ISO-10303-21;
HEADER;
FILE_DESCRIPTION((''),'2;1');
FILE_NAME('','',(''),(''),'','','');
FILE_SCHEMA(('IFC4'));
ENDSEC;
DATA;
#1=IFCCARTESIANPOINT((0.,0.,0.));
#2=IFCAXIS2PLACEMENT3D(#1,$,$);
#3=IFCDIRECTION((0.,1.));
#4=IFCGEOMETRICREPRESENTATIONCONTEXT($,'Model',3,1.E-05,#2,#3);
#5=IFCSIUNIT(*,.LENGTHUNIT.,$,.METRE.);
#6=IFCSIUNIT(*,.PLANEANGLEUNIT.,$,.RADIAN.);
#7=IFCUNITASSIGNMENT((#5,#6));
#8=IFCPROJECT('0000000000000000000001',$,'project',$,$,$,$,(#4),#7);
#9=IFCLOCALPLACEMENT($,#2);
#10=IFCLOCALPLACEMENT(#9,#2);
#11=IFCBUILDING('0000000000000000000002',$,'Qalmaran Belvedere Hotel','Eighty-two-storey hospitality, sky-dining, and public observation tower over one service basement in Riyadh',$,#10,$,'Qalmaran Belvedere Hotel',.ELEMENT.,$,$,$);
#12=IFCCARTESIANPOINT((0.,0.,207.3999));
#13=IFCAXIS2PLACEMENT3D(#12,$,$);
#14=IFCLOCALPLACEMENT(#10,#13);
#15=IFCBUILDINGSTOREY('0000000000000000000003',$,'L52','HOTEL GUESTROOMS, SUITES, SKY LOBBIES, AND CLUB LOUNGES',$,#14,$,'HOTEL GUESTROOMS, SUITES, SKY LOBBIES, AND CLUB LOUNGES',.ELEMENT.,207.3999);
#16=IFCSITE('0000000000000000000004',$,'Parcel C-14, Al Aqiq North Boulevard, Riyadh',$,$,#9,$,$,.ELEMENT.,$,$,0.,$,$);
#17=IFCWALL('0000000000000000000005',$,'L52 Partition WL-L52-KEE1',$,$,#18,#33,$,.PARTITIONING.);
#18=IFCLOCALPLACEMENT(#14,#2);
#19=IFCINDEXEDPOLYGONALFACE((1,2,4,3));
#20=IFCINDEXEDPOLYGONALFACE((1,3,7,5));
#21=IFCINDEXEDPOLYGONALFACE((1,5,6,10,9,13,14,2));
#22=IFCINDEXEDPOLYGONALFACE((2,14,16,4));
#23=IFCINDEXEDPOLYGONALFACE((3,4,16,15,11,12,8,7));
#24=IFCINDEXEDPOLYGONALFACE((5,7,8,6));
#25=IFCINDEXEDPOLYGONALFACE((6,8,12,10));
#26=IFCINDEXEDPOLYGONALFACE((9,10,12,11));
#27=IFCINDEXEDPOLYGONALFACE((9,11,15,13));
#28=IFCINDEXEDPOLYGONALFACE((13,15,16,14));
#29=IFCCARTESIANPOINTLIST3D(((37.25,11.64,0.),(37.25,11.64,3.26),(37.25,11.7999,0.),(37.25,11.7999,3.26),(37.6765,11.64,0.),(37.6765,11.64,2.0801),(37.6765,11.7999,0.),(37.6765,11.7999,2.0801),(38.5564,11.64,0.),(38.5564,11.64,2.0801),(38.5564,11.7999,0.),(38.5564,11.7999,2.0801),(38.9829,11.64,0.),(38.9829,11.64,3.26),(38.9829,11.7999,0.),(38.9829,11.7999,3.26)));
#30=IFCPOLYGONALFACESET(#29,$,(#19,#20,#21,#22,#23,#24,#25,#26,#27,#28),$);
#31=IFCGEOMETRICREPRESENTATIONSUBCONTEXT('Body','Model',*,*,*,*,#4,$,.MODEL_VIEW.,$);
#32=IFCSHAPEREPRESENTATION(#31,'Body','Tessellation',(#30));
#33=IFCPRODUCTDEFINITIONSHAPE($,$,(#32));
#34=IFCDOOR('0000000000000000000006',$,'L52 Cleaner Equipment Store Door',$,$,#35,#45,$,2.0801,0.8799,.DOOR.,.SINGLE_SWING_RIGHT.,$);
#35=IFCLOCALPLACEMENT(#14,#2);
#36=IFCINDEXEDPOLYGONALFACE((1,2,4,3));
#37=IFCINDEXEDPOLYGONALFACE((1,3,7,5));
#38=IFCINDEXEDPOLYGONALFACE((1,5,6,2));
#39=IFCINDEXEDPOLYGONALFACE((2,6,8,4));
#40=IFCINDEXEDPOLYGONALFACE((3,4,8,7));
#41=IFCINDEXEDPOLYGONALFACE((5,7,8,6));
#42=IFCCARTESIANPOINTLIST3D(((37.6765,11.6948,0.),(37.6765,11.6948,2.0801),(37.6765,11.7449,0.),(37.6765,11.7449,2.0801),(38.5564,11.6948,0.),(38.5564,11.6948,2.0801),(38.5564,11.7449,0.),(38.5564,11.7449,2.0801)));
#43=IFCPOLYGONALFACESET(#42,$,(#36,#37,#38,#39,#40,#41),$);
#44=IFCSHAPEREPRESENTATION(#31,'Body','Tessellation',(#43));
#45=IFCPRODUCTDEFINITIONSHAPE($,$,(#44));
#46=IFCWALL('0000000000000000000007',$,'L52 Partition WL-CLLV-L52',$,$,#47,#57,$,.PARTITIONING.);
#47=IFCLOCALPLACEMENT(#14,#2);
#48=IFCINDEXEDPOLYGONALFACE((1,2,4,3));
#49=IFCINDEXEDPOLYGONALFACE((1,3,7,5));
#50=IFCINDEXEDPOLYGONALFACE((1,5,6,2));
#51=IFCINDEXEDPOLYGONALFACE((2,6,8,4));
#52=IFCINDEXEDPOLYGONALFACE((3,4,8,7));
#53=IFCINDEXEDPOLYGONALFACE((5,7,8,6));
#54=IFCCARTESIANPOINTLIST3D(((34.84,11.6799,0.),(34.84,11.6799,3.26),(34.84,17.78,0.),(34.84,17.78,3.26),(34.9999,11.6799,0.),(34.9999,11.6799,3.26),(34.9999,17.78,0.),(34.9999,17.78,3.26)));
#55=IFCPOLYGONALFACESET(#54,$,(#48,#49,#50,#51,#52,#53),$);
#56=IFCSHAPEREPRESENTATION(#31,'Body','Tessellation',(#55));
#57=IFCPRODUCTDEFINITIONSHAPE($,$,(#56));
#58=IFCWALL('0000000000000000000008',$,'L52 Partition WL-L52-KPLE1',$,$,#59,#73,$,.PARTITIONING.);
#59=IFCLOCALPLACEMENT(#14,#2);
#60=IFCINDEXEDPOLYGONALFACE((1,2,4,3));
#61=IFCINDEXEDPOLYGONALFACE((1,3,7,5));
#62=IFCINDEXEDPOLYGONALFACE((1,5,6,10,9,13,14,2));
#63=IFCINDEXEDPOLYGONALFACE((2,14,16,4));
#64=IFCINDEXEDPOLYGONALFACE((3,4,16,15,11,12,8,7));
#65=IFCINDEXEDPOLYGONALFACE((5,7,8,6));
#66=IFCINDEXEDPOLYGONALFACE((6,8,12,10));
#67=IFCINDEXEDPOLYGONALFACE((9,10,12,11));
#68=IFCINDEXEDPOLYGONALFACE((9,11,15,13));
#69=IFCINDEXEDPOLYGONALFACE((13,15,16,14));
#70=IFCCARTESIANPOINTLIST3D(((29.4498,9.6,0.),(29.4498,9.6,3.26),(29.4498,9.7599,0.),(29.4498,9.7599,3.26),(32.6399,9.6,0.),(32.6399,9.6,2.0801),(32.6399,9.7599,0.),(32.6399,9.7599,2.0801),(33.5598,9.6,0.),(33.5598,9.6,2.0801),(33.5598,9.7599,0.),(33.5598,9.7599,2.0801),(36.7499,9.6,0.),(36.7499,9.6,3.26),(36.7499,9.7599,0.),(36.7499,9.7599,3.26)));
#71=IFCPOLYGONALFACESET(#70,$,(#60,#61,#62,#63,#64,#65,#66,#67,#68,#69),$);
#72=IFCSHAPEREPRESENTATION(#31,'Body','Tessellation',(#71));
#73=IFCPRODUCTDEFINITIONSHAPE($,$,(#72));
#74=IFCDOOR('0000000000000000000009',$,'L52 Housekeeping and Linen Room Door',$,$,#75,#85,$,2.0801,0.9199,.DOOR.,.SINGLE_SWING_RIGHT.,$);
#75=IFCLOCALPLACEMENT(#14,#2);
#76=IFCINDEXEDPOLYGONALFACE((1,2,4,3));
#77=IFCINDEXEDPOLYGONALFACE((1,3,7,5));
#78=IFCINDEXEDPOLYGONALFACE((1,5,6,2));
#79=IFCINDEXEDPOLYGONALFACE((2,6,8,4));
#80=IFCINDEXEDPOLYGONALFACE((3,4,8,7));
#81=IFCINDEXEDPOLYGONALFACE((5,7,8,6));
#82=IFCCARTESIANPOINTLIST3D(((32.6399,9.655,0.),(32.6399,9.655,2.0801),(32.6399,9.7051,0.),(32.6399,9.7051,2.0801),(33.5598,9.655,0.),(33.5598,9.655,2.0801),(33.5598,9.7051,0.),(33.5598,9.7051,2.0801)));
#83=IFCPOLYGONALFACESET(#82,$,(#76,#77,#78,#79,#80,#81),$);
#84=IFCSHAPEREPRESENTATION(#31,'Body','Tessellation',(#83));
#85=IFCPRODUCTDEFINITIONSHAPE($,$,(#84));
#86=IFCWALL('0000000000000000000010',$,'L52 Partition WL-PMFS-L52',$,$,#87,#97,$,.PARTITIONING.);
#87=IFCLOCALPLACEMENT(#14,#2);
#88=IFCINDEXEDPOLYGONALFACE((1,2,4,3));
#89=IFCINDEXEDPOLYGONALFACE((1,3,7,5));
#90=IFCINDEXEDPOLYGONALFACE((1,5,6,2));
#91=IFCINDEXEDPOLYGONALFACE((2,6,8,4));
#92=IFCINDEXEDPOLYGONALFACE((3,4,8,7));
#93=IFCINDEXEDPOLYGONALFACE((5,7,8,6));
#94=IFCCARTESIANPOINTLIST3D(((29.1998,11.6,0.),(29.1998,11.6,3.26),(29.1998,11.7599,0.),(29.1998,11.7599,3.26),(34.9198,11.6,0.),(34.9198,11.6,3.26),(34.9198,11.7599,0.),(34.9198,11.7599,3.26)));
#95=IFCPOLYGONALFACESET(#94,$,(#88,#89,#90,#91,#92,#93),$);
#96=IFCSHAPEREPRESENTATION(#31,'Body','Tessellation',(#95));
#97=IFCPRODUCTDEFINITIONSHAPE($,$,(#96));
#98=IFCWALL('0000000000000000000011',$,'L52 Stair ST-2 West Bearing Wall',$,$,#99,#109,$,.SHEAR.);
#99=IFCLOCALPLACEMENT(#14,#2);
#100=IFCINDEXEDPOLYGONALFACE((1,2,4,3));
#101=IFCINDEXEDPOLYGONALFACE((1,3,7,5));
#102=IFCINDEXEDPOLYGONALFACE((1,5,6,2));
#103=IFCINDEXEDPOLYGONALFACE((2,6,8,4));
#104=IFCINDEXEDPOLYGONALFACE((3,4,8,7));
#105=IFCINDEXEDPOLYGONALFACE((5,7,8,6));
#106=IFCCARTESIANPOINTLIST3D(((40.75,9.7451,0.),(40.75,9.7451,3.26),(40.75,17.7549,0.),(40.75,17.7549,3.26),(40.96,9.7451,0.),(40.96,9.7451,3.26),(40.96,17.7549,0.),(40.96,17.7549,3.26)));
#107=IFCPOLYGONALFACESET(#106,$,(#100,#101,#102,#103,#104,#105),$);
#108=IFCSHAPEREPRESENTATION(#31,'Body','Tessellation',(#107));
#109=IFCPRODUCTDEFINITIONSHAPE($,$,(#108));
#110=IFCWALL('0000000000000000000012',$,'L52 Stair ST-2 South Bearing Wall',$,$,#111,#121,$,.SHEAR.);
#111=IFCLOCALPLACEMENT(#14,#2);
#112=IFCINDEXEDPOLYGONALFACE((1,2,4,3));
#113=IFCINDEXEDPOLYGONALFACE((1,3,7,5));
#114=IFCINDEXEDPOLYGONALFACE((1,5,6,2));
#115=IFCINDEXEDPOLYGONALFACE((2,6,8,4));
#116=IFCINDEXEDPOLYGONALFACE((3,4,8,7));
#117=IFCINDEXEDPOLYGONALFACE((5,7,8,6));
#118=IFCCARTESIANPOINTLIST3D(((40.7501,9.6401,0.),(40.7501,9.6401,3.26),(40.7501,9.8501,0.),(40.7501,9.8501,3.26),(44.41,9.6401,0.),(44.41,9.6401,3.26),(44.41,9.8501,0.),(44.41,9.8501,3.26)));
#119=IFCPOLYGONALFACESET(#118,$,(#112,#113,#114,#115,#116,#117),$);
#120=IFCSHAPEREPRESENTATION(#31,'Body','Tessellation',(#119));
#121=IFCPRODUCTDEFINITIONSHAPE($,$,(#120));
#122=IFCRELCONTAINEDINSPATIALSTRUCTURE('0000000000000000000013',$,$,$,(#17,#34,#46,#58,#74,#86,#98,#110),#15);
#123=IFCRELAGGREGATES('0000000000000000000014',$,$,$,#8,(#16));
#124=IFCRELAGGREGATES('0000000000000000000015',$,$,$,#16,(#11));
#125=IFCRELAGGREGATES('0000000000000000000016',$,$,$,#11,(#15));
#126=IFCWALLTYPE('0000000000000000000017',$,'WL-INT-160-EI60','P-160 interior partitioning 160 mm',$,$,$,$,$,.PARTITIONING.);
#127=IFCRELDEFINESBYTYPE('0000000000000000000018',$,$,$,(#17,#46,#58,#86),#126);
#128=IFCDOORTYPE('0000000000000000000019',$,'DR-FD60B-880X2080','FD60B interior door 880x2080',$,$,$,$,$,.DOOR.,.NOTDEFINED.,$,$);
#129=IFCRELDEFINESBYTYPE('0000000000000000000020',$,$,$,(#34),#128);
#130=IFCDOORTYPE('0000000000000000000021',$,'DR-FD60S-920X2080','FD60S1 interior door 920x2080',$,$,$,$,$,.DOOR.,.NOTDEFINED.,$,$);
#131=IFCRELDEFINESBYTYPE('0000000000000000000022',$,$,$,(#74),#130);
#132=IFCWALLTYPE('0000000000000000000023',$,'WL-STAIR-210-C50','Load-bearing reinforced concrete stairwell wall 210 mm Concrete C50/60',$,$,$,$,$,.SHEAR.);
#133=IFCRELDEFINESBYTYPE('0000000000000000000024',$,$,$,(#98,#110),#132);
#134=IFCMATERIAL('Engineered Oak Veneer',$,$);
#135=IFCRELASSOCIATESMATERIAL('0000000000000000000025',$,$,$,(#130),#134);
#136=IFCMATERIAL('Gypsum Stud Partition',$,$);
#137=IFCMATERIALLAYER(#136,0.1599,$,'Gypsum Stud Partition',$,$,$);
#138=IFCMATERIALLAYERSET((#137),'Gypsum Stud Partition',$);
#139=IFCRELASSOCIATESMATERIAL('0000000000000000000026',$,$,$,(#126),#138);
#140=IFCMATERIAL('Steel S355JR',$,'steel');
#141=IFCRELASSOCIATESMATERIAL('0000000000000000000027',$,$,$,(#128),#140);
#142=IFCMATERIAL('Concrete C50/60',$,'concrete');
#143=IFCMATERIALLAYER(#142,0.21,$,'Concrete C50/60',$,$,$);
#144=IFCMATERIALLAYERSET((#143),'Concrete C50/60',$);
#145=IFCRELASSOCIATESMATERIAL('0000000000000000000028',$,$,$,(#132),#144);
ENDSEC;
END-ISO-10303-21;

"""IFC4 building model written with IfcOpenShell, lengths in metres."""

from ifc_helpers import new_model, si_unit, direction, frame, frame_2d, origin, place, context, subcontext, project, spatial, rectangle, extrude, material, layer, layer_set, type_object, element, fill, save


model = new_model("IFC4")

# Units and contexts
model_context = context("Model", 3, precision=1e-05, world=origin(), true_north=direction((0.0, 1.0)))
body_context = subcontext(model_context, "Body", "Model", "MODEL_VIEW")
ifc_project = project(units=[si_unit("LENGTHUNIT", "METRE"), si_unit("PLANEANGLEUNIT", "RADIAN")], contexts=[model_context])

# Site, building, storey
site_placement = place(None, origin())
site = spatial("IfcSite", under=ifc_project, at=site_placement, Name="Parcel C-14, Al Aqiq North Boulevard, Riyadh", CompositionType="ELEMENT", RefElevation=0.0)
building_placement = place(site_placement, origin())
building = spatial("IfcBuilding", under=site, at=building_placement, Name="Qalmaran Belvedere Hotel", Description="Eighty-two-storey hospitality, sky-dining, and public observation tower over one service basement in Riyadh", LongName="Qalmaran Belvedere Hotel", CompositionType="ELEMENT")
storey_placement = place(building_placement, frame((0.0, 0.0, 207.3999)))
storey = spatial("IfcBuildingStorey", under=building, at=storey_placement, Name="L52", Description="HOTEL GUESTROOMS, SUITES, SKY LOBBIES, AND CLUB LOUNGES", LongName="HOTEL GUESTROOMS, SUITES, SKY LOBBIES, AND CLUB LOUNGES", CompositionType="ELEMENT", Elevation=207.3999)

# Shared definitions
ifc_material_1 = material(Name="Concrete C50/60", Category="concrete")

# Shared definitions
ifc_material_2 = material(Name="Steel S355JR", Category="steel")

# Shared definitions
ifc_material_3 = material(Name="Gypsum Stud Partition")

# Wall, opening, door
ifc_material_4 = material(Name="Engineered Oak Veneer")
door_type_1 = type_object("IfcDoorType", Name="DR-FD60S-920X2080", Description="FD60S1 interior door 920x2080", OperationType="NOTDEFINED", PredefinedType="DOOR", material=ifc_material_4)
ifc_layer_1 = layer(ifc_material_3, 0.1599, Name="Gypsum Stud Partition")
ifc_layer_set_1 = layer_set([ifc_layer_1], Name="Gypsum Stud Partition")
wall_type_1 = type_object("IfcWallType", Name="WL-INT-160-EI60", Description="P-160 interior partitioning 160 mm", PredefinedType="PARTITIONING", material=ifc_layer_set_1)
wall_1_placement = place(storey_placement, frame((37.25, 11.72, 0.0), z_axis=(0.0, 0.0, 1.0), x_axis=(1.0, 0.0, 0.0)))
wall_1 = element("IfcWall", 1, at=wall_1_placement, inside=storey, type_object=wall_type_1, Name="L52 Partition WL-L52-KEE1", PredefinedType="PARTITIONING", context=body_context, shape_type="SweptSolid", body=[
    extrude(rectangle(XDim=1.7329, YDim=0.1599, at=frame_2d((0.8665, 0.0))), origin(), (0.0, 0.0, 1.0), 3.26),
])
opening_1_placement = place(wall_1_placement, frame((0.4265, 0.0, 0.0)))
opening_1 = element("IfcOpeningElement", 2, at=opening_1_placement, cuts=wall_1, PredefinedType="OPENING", context=body_context, shape_type="SweptSolid", body=[
    extrude(rectangle(XDim=0.8799, YDim=2.0801, at=frame_2d((0.4399, 1.04))), frame((0.0, 0.0898, 0.0), z_axis=(0.0, -1.0, 0.0), x_axis=(1.0, 0.0, 0.0)), (0.0, 0.0, 1.0), 0.1799),
])
door_type_2 = type_object("IfcDoorType", Name="DR-FD60B-880X2080", Description="FD60B interior door 880x2080", OperationType="NOTDEFINED", PredefinedType="DOOR", material=ifc_material_2)
door_1_placement = place(opening_1_placement, origin())
door_1 = element("IfcDoor", 3, at=door_1_placement, inside=storey, type_object=door_type_2, Name="L52 Cleaner Equipment Store Door", OperationType="SINGLE_SWING_RIGHT", OverallHeight=2.0801, OverallWidth=0.8799, PredefinedType="DOOR", context=body_context, shape_type="SweptSolid", body=[
    extrude(rectangle(XDim=0.8799, YDim=2.0801, at=frame_2d((0.4399, 1.04))), frame((0.0, 0.0249, 0.0), z_axis=(0.0, -1.0, 0.0), x_axis=(1.0, 0.0, 0.0)), (0.0, 0.0, 1.0), 0.05),
])
fill(opening_1, door_1)

# Wall
wall_2_placement = place(storey_placement, frame((34.9199, 11.6799, 0.0), z_axis=(0.0, 0.0, 1.0), x_axis=(0.0, 1.0, 0.0)))
element("IfcWall", 4, at=wall_2_placement, inside=storey, type_object=wall_type_1, Name="L52 Partition WL-CLLV-L52", PredefinedType="PARTITIONING", context=body_context, shape_type="SweptSolid", body=[
    extrude(rectangle(XDim=6.1001, YDim=0.1599, at=frame_2d((3.05, 0.0))), origin(), (0.0, 0.0, 1.0), 3.26),
])

# Wall, opening, door
wall_3_placement = place(storey_placement, frame((29.45, 9.6799, 0.0), z_axis=(0.0, 0.0, 1.0), x_axis=(1.0, 0.0, 0.0)))
wall_3 = element("IfcWall", 5, at=wall_3_placement, inside=storey, type_object=wall_type_1, Name="L52 Partition WL-L52-KPLE1", PredefinedType="PARTITIONING", context=body_context, shape_type="SweptSolid", body=[
    extrude(rectangle(XDim=7.3, YDim=0.1599, at=frame_2d((3.6499, 0.0))), origin(), (0.0, 0.0, 1.0), 3.26),
])
opening_2_placement = place(wall_3_placement, frame((4.1099, 0.0, 0.0), z_axis=(0.0, 0.0, 1.0), x_axis=(-1.0, 0.0, 0.0)))
opening_2 = element("IfcOpeningElement", 6, at=opening_2_placement, cuts=wall_3, PredefinedType="OPENING", context=body_context, shape_type="SweptSolid", body=[
    extrude(rectangle(XDim=0.9199, YDim=2.0801, at=frame_2d((0.46, 1.04))), frame((0.0, 0.0898, 0.0), z_axis=(0.0, -1.0, 0.0), x_axis=(1.0, 0.0, 0.0)), (0.0, 0.0, 1.0), 0.1799),
])
door_2_placement = place(opening_2_placement, origin())
door_2 = element("IfcDoor", 7, at=door_2_placement, inside=storey, type_object=door_type_1, Name="L52 Housekeeping and Linen Room Door", OperationType="SINGLE_SWING_RIGHT", OverallHeight=2.0801, OverallWidth=0.9199, PredefinedType="DOOR", context=body_context, shape_type="SweptSolid", body=[
    extrude(rectangle(XDim=0.9199, YDim=2.0801, at=frame_2d((0.46, 1.04))), frame((0.0, 0.0249, 0.0), z_axis=(0.0, -1.0, 0.0), x_axis=(1.0, 0.0, 0.0)), (0.0, 0.0, 1.0), 0.05),
])
fill(opening_2, door_2)

# Walls
wall_4_placement = place(storey_placement, frame((29.2, 11.6799, 0.0), z_axis=(0.0, 0.0, 1.0), x_axis=(1.0, 0.0, 0.0)))
element("IfcWall", 8, at=wall_4_placement, inside=storey, type_object=wall_type_1, Name="L52 Partition WL-PMFS-L52", PredefinedType="PARTITIONING", context=body_context, shape_type="SweptSolid", body=[
    extrude(rectangle(XDim=5.72, YDim=0.1599, at=frame_2d((2.8599, 0.0))), origin(), (0.0, 0.0, 1.0), 3.26),
])
ifc_layer_2 = layer(ifc_material_1, 0.21, Name="Concrete C50/60")
ifc_layer_set_2 = layer_set([ifc_layer_2], Name="Concrete C50/60")
wall_type_2 = type_object("IfcWallType", Name="WL-STAIR-210-C50", Description="Load-bearing reinforced concrete stairwell wall 210 mm Concrete C50/60", PredefinedType="SHEAR", material=ifc_layer_set_2)
wall_5_placement = place(storey_placement, frame((40.855, 9.7451, 0.0), z_axis=(0.0, 0.0, 1.0), x_axis=(0.0, 1.0, 0.0)))
element("IfcWall", 9, at=wall_5_placement, inside=storey, type_object=wall_type_2, Name="L52 Stair ST-2 West Bearing Wall", PredefinedType="SHEAR", context=body_context, shape_type="SweptSolid", body=[
    extrude(rectangle(XDim=8.0098, YDim=0.21, at=frame_2d((4.0049, 0.0))), origin(), (0.0, 0.0, 1.0), 3.26),
])
wall_6_placement = place(storey_placement, frame((40.75, 9.7451, 0.0), z_axis=(0.0, 0.0, 1.0), x_axis=(1.0, 0.0, 0.0)))
element("IfcWall", 10, at=wall_6_placement, inside=storey, type_object=wall_type_2, Name="L52 Stair ST-2 South Bearing Wall", PredefinedType="SHEAR", context=body_context, shape_type="SweptSolid", body=[
    extrude(rectangle(XDim=3.6599, YDim=0.21, at=frame_2d((1.8301, 0.0))), origin(), (0.0, 0.0, 1.0), 3.26),
])

save(model, "model.ifc")
